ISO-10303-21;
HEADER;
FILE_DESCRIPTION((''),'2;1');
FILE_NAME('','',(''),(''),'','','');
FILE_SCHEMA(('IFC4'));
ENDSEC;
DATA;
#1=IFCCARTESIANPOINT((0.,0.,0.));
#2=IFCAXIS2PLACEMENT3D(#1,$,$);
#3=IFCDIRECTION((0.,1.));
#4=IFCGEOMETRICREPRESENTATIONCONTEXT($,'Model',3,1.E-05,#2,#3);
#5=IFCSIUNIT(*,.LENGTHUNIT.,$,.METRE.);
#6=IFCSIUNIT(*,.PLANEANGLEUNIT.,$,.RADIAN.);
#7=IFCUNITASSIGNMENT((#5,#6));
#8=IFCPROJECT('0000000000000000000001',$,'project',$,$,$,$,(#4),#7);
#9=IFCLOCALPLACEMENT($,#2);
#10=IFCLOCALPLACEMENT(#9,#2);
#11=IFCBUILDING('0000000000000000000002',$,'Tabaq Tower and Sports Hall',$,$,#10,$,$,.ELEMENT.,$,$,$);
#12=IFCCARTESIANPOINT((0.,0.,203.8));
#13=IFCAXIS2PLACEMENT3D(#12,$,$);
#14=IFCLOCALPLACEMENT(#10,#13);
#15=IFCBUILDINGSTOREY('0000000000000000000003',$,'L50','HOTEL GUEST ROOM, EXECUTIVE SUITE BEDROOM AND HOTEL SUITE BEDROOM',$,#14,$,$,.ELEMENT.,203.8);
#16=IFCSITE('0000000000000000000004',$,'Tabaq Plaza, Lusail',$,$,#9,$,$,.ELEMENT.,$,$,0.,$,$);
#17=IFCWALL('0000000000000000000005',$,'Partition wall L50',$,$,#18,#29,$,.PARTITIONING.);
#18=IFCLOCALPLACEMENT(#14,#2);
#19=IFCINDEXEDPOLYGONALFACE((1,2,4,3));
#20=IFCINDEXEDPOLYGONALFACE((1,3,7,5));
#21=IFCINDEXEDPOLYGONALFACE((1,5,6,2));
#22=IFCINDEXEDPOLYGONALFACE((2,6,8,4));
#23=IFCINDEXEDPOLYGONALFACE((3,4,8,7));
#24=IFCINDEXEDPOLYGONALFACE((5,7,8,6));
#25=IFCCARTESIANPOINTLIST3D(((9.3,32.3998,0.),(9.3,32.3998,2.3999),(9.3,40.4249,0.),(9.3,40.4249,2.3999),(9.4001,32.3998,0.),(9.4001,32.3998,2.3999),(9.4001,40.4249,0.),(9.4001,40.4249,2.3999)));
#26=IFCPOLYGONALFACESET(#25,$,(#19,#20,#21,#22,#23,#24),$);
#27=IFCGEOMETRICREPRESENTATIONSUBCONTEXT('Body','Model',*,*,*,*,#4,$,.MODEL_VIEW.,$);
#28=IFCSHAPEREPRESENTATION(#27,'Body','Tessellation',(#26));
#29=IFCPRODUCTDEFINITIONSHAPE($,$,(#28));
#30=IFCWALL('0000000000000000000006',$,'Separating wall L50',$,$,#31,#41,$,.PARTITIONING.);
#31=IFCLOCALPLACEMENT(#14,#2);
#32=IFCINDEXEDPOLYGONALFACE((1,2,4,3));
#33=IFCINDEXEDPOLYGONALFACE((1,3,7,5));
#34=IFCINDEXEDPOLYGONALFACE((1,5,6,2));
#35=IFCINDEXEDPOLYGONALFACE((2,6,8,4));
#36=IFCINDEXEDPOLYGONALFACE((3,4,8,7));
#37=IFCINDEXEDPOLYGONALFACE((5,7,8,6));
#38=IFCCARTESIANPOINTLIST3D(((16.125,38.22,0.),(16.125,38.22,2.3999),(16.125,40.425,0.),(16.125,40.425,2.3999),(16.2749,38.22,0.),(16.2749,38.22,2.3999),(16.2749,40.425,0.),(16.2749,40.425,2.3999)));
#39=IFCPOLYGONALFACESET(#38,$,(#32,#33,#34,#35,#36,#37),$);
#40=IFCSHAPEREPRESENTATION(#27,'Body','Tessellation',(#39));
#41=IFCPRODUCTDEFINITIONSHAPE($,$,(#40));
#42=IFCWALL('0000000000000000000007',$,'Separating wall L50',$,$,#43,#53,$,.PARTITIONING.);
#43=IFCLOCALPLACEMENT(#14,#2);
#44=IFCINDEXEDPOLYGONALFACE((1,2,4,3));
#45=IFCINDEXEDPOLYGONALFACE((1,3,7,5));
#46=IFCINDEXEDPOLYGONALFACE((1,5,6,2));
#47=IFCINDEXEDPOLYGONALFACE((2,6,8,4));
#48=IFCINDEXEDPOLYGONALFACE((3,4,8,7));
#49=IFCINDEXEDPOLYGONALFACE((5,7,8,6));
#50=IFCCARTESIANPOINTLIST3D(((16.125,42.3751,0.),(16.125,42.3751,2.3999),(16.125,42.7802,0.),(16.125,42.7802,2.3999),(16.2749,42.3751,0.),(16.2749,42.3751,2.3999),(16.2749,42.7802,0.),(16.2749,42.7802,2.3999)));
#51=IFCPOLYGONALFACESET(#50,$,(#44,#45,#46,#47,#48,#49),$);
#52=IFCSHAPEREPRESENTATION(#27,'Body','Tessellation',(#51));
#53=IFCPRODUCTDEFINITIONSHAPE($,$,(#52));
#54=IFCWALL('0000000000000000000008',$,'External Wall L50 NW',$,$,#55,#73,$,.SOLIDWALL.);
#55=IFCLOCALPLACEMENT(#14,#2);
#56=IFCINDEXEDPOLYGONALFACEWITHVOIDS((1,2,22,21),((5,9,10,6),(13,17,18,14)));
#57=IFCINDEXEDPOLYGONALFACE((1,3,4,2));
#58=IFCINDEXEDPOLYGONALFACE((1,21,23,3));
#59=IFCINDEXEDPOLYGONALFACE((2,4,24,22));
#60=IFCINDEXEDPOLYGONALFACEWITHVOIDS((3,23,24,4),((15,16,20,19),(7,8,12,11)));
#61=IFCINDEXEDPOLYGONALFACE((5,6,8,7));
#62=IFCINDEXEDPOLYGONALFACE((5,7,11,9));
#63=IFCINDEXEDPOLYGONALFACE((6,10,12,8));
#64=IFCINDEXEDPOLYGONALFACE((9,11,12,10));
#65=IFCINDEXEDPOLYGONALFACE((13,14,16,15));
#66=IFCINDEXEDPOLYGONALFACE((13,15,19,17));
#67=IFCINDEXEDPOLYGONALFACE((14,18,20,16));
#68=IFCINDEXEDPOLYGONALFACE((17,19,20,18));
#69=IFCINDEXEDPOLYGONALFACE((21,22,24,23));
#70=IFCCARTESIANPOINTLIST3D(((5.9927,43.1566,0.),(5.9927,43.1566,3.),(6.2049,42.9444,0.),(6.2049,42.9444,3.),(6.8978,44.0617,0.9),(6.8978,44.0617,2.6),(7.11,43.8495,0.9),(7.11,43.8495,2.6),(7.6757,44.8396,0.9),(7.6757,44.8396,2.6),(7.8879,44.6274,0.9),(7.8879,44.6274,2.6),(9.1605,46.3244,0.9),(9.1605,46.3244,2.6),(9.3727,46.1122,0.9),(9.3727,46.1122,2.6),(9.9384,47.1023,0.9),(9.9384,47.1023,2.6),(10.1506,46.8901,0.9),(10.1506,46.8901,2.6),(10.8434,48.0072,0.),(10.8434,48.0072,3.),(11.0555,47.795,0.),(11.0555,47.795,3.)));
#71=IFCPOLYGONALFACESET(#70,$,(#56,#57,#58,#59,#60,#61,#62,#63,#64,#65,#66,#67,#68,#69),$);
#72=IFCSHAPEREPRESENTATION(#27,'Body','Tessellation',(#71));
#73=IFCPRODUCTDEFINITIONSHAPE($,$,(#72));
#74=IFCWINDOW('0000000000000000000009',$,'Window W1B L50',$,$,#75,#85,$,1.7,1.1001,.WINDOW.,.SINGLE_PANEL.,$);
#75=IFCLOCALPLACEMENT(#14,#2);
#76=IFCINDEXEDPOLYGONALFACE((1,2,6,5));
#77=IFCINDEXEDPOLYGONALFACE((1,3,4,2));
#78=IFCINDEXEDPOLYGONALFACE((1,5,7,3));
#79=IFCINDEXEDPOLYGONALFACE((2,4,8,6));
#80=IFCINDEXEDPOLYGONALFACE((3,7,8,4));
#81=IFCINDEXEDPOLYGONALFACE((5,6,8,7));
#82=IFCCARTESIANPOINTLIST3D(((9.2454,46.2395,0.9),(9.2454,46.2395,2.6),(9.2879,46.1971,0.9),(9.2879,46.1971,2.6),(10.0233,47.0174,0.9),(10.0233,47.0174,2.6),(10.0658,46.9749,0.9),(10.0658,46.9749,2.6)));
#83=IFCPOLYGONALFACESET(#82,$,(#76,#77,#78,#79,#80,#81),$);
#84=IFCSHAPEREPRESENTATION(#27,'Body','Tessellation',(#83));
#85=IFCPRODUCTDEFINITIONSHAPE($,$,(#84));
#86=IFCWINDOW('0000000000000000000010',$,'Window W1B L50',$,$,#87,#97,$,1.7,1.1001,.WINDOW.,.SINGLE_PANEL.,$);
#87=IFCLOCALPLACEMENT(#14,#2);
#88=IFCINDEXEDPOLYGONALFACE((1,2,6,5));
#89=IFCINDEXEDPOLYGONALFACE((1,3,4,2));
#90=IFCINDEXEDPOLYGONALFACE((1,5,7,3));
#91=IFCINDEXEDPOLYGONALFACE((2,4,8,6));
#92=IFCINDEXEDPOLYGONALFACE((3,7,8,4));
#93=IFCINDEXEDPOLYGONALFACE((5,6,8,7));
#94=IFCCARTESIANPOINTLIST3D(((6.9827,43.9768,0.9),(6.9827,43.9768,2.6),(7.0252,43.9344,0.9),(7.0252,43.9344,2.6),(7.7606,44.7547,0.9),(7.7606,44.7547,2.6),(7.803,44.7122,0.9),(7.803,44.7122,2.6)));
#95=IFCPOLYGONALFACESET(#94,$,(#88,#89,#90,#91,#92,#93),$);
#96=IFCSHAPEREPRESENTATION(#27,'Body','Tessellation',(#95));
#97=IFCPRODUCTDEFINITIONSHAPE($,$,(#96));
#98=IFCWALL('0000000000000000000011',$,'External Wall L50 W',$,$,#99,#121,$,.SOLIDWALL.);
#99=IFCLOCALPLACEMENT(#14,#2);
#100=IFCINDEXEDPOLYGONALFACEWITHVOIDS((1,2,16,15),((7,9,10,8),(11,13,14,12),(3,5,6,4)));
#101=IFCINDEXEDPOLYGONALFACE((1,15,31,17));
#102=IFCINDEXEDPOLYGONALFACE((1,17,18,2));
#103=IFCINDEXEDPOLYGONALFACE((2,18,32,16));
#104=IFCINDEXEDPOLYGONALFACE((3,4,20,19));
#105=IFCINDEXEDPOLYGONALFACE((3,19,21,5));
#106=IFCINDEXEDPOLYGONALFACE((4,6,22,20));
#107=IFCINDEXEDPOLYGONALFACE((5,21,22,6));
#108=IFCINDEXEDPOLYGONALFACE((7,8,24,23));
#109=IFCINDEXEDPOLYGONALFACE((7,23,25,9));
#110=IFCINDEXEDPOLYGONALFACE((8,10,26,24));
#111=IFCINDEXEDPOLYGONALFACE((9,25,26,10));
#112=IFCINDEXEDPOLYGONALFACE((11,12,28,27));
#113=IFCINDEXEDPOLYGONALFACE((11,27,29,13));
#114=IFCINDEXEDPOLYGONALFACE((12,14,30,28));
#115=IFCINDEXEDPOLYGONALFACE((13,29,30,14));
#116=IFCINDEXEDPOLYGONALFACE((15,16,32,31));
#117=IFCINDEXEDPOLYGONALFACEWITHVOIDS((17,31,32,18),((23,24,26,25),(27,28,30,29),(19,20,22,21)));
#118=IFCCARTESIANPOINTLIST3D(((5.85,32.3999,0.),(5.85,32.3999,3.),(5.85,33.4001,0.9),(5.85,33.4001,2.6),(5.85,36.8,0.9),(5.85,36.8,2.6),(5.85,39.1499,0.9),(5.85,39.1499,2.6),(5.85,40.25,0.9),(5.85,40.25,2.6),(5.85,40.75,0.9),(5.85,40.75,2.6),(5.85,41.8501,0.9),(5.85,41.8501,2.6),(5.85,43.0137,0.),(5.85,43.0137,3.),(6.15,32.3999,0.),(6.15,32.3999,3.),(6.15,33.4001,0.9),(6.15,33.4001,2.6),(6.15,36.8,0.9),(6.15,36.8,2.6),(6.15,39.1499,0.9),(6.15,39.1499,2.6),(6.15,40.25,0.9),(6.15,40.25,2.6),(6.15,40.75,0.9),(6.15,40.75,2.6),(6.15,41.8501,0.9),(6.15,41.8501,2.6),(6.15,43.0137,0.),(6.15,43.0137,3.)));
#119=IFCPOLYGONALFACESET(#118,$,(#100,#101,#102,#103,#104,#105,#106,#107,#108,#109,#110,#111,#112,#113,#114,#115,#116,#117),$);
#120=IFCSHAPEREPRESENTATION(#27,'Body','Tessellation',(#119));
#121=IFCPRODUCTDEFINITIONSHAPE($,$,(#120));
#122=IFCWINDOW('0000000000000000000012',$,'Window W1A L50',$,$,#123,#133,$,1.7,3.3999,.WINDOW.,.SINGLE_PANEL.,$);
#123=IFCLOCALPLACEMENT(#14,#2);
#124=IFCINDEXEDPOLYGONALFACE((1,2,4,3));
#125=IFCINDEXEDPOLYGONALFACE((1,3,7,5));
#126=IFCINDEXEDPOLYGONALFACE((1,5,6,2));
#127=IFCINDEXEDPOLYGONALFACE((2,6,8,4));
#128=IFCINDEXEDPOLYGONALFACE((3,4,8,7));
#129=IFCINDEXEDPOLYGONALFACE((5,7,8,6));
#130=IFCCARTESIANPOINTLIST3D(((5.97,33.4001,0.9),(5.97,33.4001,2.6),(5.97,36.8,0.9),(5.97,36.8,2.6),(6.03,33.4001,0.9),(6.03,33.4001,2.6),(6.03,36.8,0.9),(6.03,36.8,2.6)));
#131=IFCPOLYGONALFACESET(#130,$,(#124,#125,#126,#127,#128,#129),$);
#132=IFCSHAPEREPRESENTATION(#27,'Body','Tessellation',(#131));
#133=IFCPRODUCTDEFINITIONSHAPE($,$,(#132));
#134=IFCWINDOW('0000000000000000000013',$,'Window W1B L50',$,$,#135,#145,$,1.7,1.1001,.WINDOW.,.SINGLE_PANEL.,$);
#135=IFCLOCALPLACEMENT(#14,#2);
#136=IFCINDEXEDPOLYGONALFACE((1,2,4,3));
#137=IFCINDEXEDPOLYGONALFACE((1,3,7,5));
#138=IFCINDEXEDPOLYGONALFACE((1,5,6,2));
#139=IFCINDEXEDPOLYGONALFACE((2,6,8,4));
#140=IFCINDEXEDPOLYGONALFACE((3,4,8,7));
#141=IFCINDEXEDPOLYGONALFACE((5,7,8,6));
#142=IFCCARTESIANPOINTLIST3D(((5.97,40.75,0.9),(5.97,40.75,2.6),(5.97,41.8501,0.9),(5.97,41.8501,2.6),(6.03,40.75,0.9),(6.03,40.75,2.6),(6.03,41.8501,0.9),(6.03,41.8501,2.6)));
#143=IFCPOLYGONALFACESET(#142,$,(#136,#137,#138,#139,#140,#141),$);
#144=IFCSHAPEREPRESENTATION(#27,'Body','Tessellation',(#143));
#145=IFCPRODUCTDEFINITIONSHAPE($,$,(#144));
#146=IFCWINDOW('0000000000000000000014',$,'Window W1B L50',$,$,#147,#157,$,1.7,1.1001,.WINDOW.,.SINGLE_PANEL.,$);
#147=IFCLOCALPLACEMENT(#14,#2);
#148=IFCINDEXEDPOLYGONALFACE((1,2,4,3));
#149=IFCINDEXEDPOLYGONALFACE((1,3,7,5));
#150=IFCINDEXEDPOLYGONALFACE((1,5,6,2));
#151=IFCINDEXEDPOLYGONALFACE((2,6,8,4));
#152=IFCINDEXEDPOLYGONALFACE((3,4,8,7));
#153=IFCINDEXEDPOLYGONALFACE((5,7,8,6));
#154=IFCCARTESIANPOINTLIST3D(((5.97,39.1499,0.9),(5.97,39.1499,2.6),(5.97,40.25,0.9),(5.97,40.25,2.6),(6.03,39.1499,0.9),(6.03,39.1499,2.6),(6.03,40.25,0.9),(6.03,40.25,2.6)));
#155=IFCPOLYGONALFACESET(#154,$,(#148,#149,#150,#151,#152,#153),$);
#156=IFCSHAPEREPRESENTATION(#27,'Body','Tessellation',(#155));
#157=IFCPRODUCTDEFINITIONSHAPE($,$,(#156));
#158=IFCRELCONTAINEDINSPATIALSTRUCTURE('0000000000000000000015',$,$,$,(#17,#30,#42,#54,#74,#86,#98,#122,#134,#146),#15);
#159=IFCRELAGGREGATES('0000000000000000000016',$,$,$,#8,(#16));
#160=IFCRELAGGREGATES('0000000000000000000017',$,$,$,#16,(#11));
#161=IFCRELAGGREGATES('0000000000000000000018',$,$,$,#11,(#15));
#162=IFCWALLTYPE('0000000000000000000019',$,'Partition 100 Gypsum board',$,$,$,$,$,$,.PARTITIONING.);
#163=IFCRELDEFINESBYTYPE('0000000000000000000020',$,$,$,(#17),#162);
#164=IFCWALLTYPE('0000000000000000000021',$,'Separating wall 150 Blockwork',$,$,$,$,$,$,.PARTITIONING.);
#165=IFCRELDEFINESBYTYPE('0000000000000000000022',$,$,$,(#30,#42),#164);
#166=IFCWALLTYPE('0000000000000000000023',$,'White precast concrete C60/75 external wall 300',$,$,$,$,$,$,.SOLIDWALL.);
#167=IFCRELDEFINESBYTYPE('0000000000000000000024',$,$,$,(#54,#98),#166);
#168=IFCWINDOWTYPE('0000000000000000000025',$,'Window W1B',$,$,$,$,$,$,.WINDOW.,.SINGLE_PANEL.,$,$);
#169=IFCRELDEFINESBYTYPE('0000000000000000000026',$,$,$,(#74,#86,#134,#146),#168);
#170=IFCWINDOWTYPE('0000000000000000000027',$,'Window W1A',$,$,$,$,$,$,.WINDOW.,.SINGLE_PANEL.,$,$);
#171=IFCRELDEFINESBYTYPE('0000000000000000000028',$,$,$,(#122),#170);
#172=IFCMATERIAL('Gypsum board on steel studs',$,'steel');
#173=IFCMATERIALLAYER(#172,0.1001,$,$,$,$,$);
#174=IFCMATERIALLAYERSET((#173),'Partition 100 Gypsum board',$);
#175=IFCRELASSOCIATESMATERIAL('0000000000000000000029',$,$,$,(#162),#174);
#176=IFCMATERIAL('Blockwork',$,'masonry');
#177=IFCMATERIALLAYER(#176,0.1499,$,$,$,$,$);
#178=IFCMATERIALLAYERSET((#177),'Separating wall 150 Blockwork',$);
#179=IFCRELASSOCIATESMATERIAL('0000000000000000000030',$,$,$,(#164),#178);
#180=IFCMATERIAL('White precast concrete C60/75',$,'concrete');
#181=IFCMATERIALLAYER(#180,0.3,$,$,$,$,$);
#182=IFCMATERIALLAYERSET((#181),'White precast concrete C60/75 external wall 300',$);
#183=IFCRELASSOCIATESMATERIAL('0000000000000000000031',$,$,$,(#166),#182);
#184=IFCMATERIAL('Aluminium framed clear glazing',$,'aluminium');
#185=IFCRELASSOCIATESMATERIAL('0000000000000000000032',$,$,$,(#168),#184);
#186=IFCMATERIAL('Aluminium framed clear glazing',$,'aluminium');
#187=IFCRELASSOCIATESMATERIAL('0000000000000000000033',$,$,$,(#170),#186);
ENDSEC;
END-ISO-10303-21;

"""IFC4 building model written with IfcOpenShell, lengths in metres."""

from ifc_helpers import new_model, si_unit, direction, frame, frame_2d, origin, place, context, subcontext, project, spatial, rectangle, extrude, material, layer, layer_set, type_object, element, fill, save


model = new_model("IFC4")

# Units and contexts
model_context = context("Model", 3, precision=1e-05, world=origin(), true_north=direction((0.0, 1.0)))
body_context = subcontext(model_context, "Body", "Model", "MODEL_VIEW")
ifc_project = project(units=[si_unit("LENGTHUNIT", "METRE"), si_unit("PLANEANGLEUNIT", "RADIAN")], contexts=[model_context])

# Site, building, storey
site_placement = place(None, origin())
site = spatial("IfcSite", under=ifc_project, at=site_placement, Name="Tabaq Plaza, Lusail", CompositionType="ELEMENT", RefElevation=0.0)
building_placement = place(site_placement, origin())
building = spatial("IfcBuilding", under=site, at=building_placement, Name="Tabaq Tower and Sports Hall", CompositionType="ELEMENT")
storey_placement = place(building_placement, frame((0.0, 0.0, 203.8)))
storey = spatial("IfcBuildingStorey", under=building, at=storey_placement, Name="L50", Description="HOTEL GUEST ROOM, EXECUTIVE SUITE BEDROOM AND HOTEL SUITE BEDROOM", CompositionType="ELEMENT", Elevation=203.8)

# Shared definitions
ifc_material_1 = material(Name="Gypsum board on steel studs", Category="steel")
ifc_layer_1 = layer(ifc_material_1, 0.1001)
ifc_layer_set_1 = layer_set([ifc_layer_1], Name="Partition 100 Gypsum board")
wall_type_1 = type_object("IfcWallType", Name="Partition 100 Gypsum board", PredefinedType="PARTITIONING", material=ifc_layer_set_1)

# Walls
wall_1_placement = place(storey_placement, frame((9.3501, 40.425, 0.0), z_axis=(0.0, 0.0, 1.0), x_axis=(0.0, -1.0, 0.0)))
element("IfcWall", 1, at=wall_1_placement, inside=storey, type_object=wall_type_1, Name="Partition wall L50", PredefinedType="PARTITIONING", context=body_context, shape_type="SweptSolid", body=[
    extrude(rectangle(XDim=8.0251, YDim=0.1001, at=frame_2d((4.0127, 0.0))), origin(), (0.0, 0.0, 1.0), 2.3999),
])
ifc_material_2 = material(Name="Blockwork", Category="masonry")
ifc_layer_2 = layer(ifc_material_2, 0.1499)
ifc_layer_set_2 = layer_set([ifc_layer_2], Name="Separating wall 150 Blockwork")
wall_type_2 = type_object("IfcWallType", Name="Separating wall 150 Blockwork", PredefinedType="PARTITIONING", material=ifc_layer_set_2)
wall_2_placement = place(storey_placement, frame((16.2, 40.425, 0.0), z_axis=(0.0, 0.0, 1.0), x_axis=(0.0, -1.0, 0.0)))
element("IfcWall", 2, at=wall_2_placement, inside=storey, type_object=wall_type_2, Name="Separating wall L50", PredefinedType="PARTITIONING", context=body_context, shape_type="SweptSolid", body=[
    extrude(rectangle(XDim=2.2051, YDim=0.1499, at=frame_2d((1.1025, 0.0))), origin(), (0.0, 0.0, 1.0), 2.3999),
])
wall_3_placement = place(storey_placement, frame((16.2, 42.375, 0.0), z_axis=(0.0, 0.0, 1.0), x_axis=(0.0, 1.0, 0.0)))
element("IfcWall", 3, at=wall_3_placement, inside=storey, type_object=wall_type_2, Name="Separating wall L50", PredefinedType="PARTITIONING", context=body_context, shape_type="SweptSolid", body=[
    extrude(rectangle(XDim=0.405, YDim=0.1499, at=frame_2d((0.2026, 0.0))), origin(), (0.0, 0.0, 1.0), 2.3999),
])

# Walls, openings, windows
ifc_material_3 = material(Name="White precast concrete C60/75", Category="concrete")
ifc_layer_3 = layer(ifc_material_3, 0.3)
ifc_layer_set_3 = layer_set([ifc_layer_3], Name="White precast concrete C60/75 external wall 300")
wall_type_3 = type_object("IfcWallType", Name="White precast concrete C60/75 external wall 300", PredefinedType="SOLIDWALL", material=ifc_layer_set_3)
wall_4_placement = place(storey_placement, frame((10.9495, 47.9011, 0.0), z_axis=(0.0, 0.0, 1.0), x_axis=(-0.707107, -0.707107, 0.0)))
wall_4 = element("IfcWall", 4, at=wall_4_placement, inside=storey, type_object=wall_type_3, Name="External Wall L50 NW", PredefinedType="SOLIDWALL", context=body_context, shape_type="SweptSolid", body=[
    extrude(rectangle(XDim=6.8599, YDim=0.3, at=frame_2d((3.4299, 0.0))), origin(), (0.0, 0.0, 1.0), 3.0),
])
opening_1_placement = place(wall_4_placement, frame((1.2798, 0.0, 0.8999)))
opening_1 = element("IfcOpeningElement", 5, at=opening_1_placement, cuts=wall_4, PredefinedType="OPENING", context=body_context, shape_type="SweptSolid", body=[
    extrude(rectangle(XDim=1.1001, YDim=1.7, at=frame_2d((0.55, 0.8501))), frame((0.0, 0.1602, 0.0), z_axis=(0.0, -1.0, 0.0), x_axis=(1.0, 0.0, 0.0)), (0.0, 0.0, 1.0), 0.3201),
])
opening_2_placement = place(wall_4_placement, frame((4.4797, 0.0, 0.8999)))
opening_2 = element("IfcOpeningElement", 6, at=opening_2_placement, cuts=wall_4, PredefinedType="OPENING", context=body_context, shape_type="SweptSolid", body=[
    extrude(rectangle(XDim=1.1001, YDim=1.7, at=frame_2d((0.55, 0.8501))), frame((0.0, 0.1602, 0.0), z_axis=(0.0, -1.0, 0.0), x_axis=(1.0, 0.0, 0.0)), (0.0, 0.0, 1.0), 0.3201),
])
ifc_material_4 = material(Name="Aluminium framed clear glazing", Category="aluminium")
window_type_1 = type_object("IfcWindowType", Name="Window W1B", PartitioningType="SINGLE_PANEL", PredefinedType="WINDOW", material=ifc_material_4)
window_1_placement = place(opening_1_placement, origin())
window_1 = element("IfcWindow", 7, at=window_1_placement, inside=storey, type_object=window_type_1, Name="Window W1B L50", OverallHeight=1.7, OverallWidth=1.1001, PartitioningType="SINGLE_PANEL", PredefinedType="WINDOW", context=body_context, shape_type="SweptSolid", body=[
    extrude(rectangle(XDim=1.1001, YDim=1.7, at=frame_2d((0.55, 0.8501))), frame((0.0, 0.03, 0.0), z_axis=(0.0, -1.0, 0.0), x_axis=(1.0, 0.0, 0.0)), (0.0, 0.0, 1.0), 0.0601),
])
fill(opening_1, window_1)
window_2_placement = place(opening_2_placement, origin())
window_2 = element("IfcWindow", 8, at=window_2_placement, inside=storey, type_object=window_type_1, Name="Window W1B L50", OverallHeight=1.7, OverallWidth=1.1001, PartitioningType="SINGLE_PANEL", PredefinedType="WINDOW", context=body_context, shape_type="SweptSolid", body=[
    extrude(rectangle(XDim=1.1001, YDim=1.7, at=frame_2d((0.55, 0.8501))), frame((0.0, 0.03, 0.0), z_axis=(0.0, -1.0, 0.0), x_axis=(1.0, 0.0, 0.0)), (0.0, 0.0, 1.0), 0.0601),
])
fill(opening_2, window_2)
wall_5_placement = place(storey_placement, frame((6.0, 43.0137, 0.0), z_axis=(0.0, 0.0, 1.0), x_axis=(0.0, -1.0, 0.0)))
wall_5 = element("IfcWall", 9, at=wall_5_placement, inside=storey, type_object=wall_type_3, Name="External Wall L50 W", PredefinedType="SOLIDWALL", context=body_context, shape_type="SweptSolid", body=[
    extrude(rectangle(XDim=10.6138, YDim=0.3, at=frame_2d((5.3069, 0.0))), origin(), (0.0, 0.0, 1.0), 3.0),
])
opening_3_placement = place(wall_5_placement, frame((1.1636, 0.0, 0.8999)))
opening_3 = element("IfcOpeningElement", 10, at=opening_3_placement, cuts=wall_5, PredefinedType="OPENING", context=body_context, shape_type="SweptSolid", body=[
    extrude(rectangle(XDim=1.1001, YDim=1.7, at=frame_2d((0.55, 0.8501))), frame((0.0, 0.1602, 0.0), z_axis=(0.0, -1.0, 0.0), x_axis=(1.0, 0.0, 0.0)), (0.0, 0.0, 1.0), 0.3201),
])
opening_4_placement = place(wall_5_placement, frame((2.7637, 0.0, 0.8999)))
opening_4 = element("IfcOpeningElement", 11, at=opening_4_placement, cuts=wall_5, PredefinedType="OPENING", context=body_context, shape_type="SweptSolid", body=[
    extrude(rectangle(XDim=1.1001, YDim=1.7, at=frame_2d((0.55, 0.8501))), frame((0.0, 0.1602, 0.0), z_axis=(0.0, -1.0, 0.0), x_axis=(1.0, 0.0, 0.0)), (0.0, 0.0, 1.0), 0.3201),
])
opening_5_placement = place(wall_5_placement, frame((6.2136, 0.0, 0.8999)))
opening_5 = element("IfcOpeningElement", 12, at=opening_5_placement, cuts=wall_5, PredefinedType="OPENING", context=body_context, shape_type="SweptSolid", body=[
    extrude(rectangle(XDim=3.3999, YDim=1.7, at=frame_2d((1.7, 0.8501))), frame((0.0, 0.1602, 0.0), z_axis=(0.0, -1.0, 0.0), x_axis=(1.0, 0.0, 0.0)), (0.0, 0.0, 1.0), 0.3201),
])
ifc_material_5 = material(Name="Aluminium framed clear glazing", Category="aluminium")
window_type_2 = type_object("IfcWindowType", Name="Window W1A", PartitioningType="SINGLE_PANEL", PredefinedType="WINDOW", material=ifc_material_5)
window_3_placement = place(opening_5_placement, origin())
window_3 = element("IfcWindow", 13, at=window_3_placement, inside=storey, type_object=window_type_2, Name="Window W1A L50", OverallHeight=1.7, OverallWidth=3.3999, PartitioningType="SINGLE_PANEL", PredefinedType="WINDOW", context=body_context, shape_type="SweptSolid", body=[
    extrude(rectangle(XDim=3.3999, YDim=1.7, at=frame_2d((1.7, 0.8501))), frame((0.0, 0.03, 0.0), z_axis=(0.0, -1.0, 0.0), x_axis=(1.0, 0.0, 0.0)), (0.0, 0.0, 1.0), 0.0601),
])
fill(opening_5, window_3)
window_4_placement = place(opening_3_placement, origin())
window_4 = element("IfcWindow", 14, at=window_4_placement, inside=storey, type_object=window_type_1, Name="Window W1B L50", OverallHeight=1.7, OverallWidth=1.1001, PartitioningType="SINGLE_PANEL", PredefinedType="WINDOW", context=body_context, shape_type="SweptSolid", body=[
    extrude(rectangle(XDim=1.1001, YDim=1.7, at=frame_2d((0.55, 0.8501))), frame((0.0, 0.03, 0.0), z_axis=(0.0, -1.0, 0.0), x_axis=(1.0, 0.0, 0.0)), (0.0, 0.0, 1.0), 0.0601),
])
fill(opening_3, window_4)
window_5_placement = place(opening_4_placement, origin())
window_5 = element("IfcWindow", 15, at=window_5_placement, inside=storey, type_object=window_type_1, Name="Window W1B L50", OverallHeight=1.7, OverallWidth=1.1001, PartitioningType="SINGLE_PANEL", PredefinedType="WINDOW", context=body_context, shape_type="SweptSolid", body=[
    extrude(rectangle(XDim=1.1001, YDim=1.7, at=frame_2d((0.55, 0.8501))), frame((0.0, 0.03, 0.0), z_axis=(0.0, -1.0, 0.0), x_axis=(1.0, 0.0, 0.0)), (0.0, 0.0, 1.0), 0.0601),
])
fill(opening_4, window_5)

save(model, "model.ifc")
